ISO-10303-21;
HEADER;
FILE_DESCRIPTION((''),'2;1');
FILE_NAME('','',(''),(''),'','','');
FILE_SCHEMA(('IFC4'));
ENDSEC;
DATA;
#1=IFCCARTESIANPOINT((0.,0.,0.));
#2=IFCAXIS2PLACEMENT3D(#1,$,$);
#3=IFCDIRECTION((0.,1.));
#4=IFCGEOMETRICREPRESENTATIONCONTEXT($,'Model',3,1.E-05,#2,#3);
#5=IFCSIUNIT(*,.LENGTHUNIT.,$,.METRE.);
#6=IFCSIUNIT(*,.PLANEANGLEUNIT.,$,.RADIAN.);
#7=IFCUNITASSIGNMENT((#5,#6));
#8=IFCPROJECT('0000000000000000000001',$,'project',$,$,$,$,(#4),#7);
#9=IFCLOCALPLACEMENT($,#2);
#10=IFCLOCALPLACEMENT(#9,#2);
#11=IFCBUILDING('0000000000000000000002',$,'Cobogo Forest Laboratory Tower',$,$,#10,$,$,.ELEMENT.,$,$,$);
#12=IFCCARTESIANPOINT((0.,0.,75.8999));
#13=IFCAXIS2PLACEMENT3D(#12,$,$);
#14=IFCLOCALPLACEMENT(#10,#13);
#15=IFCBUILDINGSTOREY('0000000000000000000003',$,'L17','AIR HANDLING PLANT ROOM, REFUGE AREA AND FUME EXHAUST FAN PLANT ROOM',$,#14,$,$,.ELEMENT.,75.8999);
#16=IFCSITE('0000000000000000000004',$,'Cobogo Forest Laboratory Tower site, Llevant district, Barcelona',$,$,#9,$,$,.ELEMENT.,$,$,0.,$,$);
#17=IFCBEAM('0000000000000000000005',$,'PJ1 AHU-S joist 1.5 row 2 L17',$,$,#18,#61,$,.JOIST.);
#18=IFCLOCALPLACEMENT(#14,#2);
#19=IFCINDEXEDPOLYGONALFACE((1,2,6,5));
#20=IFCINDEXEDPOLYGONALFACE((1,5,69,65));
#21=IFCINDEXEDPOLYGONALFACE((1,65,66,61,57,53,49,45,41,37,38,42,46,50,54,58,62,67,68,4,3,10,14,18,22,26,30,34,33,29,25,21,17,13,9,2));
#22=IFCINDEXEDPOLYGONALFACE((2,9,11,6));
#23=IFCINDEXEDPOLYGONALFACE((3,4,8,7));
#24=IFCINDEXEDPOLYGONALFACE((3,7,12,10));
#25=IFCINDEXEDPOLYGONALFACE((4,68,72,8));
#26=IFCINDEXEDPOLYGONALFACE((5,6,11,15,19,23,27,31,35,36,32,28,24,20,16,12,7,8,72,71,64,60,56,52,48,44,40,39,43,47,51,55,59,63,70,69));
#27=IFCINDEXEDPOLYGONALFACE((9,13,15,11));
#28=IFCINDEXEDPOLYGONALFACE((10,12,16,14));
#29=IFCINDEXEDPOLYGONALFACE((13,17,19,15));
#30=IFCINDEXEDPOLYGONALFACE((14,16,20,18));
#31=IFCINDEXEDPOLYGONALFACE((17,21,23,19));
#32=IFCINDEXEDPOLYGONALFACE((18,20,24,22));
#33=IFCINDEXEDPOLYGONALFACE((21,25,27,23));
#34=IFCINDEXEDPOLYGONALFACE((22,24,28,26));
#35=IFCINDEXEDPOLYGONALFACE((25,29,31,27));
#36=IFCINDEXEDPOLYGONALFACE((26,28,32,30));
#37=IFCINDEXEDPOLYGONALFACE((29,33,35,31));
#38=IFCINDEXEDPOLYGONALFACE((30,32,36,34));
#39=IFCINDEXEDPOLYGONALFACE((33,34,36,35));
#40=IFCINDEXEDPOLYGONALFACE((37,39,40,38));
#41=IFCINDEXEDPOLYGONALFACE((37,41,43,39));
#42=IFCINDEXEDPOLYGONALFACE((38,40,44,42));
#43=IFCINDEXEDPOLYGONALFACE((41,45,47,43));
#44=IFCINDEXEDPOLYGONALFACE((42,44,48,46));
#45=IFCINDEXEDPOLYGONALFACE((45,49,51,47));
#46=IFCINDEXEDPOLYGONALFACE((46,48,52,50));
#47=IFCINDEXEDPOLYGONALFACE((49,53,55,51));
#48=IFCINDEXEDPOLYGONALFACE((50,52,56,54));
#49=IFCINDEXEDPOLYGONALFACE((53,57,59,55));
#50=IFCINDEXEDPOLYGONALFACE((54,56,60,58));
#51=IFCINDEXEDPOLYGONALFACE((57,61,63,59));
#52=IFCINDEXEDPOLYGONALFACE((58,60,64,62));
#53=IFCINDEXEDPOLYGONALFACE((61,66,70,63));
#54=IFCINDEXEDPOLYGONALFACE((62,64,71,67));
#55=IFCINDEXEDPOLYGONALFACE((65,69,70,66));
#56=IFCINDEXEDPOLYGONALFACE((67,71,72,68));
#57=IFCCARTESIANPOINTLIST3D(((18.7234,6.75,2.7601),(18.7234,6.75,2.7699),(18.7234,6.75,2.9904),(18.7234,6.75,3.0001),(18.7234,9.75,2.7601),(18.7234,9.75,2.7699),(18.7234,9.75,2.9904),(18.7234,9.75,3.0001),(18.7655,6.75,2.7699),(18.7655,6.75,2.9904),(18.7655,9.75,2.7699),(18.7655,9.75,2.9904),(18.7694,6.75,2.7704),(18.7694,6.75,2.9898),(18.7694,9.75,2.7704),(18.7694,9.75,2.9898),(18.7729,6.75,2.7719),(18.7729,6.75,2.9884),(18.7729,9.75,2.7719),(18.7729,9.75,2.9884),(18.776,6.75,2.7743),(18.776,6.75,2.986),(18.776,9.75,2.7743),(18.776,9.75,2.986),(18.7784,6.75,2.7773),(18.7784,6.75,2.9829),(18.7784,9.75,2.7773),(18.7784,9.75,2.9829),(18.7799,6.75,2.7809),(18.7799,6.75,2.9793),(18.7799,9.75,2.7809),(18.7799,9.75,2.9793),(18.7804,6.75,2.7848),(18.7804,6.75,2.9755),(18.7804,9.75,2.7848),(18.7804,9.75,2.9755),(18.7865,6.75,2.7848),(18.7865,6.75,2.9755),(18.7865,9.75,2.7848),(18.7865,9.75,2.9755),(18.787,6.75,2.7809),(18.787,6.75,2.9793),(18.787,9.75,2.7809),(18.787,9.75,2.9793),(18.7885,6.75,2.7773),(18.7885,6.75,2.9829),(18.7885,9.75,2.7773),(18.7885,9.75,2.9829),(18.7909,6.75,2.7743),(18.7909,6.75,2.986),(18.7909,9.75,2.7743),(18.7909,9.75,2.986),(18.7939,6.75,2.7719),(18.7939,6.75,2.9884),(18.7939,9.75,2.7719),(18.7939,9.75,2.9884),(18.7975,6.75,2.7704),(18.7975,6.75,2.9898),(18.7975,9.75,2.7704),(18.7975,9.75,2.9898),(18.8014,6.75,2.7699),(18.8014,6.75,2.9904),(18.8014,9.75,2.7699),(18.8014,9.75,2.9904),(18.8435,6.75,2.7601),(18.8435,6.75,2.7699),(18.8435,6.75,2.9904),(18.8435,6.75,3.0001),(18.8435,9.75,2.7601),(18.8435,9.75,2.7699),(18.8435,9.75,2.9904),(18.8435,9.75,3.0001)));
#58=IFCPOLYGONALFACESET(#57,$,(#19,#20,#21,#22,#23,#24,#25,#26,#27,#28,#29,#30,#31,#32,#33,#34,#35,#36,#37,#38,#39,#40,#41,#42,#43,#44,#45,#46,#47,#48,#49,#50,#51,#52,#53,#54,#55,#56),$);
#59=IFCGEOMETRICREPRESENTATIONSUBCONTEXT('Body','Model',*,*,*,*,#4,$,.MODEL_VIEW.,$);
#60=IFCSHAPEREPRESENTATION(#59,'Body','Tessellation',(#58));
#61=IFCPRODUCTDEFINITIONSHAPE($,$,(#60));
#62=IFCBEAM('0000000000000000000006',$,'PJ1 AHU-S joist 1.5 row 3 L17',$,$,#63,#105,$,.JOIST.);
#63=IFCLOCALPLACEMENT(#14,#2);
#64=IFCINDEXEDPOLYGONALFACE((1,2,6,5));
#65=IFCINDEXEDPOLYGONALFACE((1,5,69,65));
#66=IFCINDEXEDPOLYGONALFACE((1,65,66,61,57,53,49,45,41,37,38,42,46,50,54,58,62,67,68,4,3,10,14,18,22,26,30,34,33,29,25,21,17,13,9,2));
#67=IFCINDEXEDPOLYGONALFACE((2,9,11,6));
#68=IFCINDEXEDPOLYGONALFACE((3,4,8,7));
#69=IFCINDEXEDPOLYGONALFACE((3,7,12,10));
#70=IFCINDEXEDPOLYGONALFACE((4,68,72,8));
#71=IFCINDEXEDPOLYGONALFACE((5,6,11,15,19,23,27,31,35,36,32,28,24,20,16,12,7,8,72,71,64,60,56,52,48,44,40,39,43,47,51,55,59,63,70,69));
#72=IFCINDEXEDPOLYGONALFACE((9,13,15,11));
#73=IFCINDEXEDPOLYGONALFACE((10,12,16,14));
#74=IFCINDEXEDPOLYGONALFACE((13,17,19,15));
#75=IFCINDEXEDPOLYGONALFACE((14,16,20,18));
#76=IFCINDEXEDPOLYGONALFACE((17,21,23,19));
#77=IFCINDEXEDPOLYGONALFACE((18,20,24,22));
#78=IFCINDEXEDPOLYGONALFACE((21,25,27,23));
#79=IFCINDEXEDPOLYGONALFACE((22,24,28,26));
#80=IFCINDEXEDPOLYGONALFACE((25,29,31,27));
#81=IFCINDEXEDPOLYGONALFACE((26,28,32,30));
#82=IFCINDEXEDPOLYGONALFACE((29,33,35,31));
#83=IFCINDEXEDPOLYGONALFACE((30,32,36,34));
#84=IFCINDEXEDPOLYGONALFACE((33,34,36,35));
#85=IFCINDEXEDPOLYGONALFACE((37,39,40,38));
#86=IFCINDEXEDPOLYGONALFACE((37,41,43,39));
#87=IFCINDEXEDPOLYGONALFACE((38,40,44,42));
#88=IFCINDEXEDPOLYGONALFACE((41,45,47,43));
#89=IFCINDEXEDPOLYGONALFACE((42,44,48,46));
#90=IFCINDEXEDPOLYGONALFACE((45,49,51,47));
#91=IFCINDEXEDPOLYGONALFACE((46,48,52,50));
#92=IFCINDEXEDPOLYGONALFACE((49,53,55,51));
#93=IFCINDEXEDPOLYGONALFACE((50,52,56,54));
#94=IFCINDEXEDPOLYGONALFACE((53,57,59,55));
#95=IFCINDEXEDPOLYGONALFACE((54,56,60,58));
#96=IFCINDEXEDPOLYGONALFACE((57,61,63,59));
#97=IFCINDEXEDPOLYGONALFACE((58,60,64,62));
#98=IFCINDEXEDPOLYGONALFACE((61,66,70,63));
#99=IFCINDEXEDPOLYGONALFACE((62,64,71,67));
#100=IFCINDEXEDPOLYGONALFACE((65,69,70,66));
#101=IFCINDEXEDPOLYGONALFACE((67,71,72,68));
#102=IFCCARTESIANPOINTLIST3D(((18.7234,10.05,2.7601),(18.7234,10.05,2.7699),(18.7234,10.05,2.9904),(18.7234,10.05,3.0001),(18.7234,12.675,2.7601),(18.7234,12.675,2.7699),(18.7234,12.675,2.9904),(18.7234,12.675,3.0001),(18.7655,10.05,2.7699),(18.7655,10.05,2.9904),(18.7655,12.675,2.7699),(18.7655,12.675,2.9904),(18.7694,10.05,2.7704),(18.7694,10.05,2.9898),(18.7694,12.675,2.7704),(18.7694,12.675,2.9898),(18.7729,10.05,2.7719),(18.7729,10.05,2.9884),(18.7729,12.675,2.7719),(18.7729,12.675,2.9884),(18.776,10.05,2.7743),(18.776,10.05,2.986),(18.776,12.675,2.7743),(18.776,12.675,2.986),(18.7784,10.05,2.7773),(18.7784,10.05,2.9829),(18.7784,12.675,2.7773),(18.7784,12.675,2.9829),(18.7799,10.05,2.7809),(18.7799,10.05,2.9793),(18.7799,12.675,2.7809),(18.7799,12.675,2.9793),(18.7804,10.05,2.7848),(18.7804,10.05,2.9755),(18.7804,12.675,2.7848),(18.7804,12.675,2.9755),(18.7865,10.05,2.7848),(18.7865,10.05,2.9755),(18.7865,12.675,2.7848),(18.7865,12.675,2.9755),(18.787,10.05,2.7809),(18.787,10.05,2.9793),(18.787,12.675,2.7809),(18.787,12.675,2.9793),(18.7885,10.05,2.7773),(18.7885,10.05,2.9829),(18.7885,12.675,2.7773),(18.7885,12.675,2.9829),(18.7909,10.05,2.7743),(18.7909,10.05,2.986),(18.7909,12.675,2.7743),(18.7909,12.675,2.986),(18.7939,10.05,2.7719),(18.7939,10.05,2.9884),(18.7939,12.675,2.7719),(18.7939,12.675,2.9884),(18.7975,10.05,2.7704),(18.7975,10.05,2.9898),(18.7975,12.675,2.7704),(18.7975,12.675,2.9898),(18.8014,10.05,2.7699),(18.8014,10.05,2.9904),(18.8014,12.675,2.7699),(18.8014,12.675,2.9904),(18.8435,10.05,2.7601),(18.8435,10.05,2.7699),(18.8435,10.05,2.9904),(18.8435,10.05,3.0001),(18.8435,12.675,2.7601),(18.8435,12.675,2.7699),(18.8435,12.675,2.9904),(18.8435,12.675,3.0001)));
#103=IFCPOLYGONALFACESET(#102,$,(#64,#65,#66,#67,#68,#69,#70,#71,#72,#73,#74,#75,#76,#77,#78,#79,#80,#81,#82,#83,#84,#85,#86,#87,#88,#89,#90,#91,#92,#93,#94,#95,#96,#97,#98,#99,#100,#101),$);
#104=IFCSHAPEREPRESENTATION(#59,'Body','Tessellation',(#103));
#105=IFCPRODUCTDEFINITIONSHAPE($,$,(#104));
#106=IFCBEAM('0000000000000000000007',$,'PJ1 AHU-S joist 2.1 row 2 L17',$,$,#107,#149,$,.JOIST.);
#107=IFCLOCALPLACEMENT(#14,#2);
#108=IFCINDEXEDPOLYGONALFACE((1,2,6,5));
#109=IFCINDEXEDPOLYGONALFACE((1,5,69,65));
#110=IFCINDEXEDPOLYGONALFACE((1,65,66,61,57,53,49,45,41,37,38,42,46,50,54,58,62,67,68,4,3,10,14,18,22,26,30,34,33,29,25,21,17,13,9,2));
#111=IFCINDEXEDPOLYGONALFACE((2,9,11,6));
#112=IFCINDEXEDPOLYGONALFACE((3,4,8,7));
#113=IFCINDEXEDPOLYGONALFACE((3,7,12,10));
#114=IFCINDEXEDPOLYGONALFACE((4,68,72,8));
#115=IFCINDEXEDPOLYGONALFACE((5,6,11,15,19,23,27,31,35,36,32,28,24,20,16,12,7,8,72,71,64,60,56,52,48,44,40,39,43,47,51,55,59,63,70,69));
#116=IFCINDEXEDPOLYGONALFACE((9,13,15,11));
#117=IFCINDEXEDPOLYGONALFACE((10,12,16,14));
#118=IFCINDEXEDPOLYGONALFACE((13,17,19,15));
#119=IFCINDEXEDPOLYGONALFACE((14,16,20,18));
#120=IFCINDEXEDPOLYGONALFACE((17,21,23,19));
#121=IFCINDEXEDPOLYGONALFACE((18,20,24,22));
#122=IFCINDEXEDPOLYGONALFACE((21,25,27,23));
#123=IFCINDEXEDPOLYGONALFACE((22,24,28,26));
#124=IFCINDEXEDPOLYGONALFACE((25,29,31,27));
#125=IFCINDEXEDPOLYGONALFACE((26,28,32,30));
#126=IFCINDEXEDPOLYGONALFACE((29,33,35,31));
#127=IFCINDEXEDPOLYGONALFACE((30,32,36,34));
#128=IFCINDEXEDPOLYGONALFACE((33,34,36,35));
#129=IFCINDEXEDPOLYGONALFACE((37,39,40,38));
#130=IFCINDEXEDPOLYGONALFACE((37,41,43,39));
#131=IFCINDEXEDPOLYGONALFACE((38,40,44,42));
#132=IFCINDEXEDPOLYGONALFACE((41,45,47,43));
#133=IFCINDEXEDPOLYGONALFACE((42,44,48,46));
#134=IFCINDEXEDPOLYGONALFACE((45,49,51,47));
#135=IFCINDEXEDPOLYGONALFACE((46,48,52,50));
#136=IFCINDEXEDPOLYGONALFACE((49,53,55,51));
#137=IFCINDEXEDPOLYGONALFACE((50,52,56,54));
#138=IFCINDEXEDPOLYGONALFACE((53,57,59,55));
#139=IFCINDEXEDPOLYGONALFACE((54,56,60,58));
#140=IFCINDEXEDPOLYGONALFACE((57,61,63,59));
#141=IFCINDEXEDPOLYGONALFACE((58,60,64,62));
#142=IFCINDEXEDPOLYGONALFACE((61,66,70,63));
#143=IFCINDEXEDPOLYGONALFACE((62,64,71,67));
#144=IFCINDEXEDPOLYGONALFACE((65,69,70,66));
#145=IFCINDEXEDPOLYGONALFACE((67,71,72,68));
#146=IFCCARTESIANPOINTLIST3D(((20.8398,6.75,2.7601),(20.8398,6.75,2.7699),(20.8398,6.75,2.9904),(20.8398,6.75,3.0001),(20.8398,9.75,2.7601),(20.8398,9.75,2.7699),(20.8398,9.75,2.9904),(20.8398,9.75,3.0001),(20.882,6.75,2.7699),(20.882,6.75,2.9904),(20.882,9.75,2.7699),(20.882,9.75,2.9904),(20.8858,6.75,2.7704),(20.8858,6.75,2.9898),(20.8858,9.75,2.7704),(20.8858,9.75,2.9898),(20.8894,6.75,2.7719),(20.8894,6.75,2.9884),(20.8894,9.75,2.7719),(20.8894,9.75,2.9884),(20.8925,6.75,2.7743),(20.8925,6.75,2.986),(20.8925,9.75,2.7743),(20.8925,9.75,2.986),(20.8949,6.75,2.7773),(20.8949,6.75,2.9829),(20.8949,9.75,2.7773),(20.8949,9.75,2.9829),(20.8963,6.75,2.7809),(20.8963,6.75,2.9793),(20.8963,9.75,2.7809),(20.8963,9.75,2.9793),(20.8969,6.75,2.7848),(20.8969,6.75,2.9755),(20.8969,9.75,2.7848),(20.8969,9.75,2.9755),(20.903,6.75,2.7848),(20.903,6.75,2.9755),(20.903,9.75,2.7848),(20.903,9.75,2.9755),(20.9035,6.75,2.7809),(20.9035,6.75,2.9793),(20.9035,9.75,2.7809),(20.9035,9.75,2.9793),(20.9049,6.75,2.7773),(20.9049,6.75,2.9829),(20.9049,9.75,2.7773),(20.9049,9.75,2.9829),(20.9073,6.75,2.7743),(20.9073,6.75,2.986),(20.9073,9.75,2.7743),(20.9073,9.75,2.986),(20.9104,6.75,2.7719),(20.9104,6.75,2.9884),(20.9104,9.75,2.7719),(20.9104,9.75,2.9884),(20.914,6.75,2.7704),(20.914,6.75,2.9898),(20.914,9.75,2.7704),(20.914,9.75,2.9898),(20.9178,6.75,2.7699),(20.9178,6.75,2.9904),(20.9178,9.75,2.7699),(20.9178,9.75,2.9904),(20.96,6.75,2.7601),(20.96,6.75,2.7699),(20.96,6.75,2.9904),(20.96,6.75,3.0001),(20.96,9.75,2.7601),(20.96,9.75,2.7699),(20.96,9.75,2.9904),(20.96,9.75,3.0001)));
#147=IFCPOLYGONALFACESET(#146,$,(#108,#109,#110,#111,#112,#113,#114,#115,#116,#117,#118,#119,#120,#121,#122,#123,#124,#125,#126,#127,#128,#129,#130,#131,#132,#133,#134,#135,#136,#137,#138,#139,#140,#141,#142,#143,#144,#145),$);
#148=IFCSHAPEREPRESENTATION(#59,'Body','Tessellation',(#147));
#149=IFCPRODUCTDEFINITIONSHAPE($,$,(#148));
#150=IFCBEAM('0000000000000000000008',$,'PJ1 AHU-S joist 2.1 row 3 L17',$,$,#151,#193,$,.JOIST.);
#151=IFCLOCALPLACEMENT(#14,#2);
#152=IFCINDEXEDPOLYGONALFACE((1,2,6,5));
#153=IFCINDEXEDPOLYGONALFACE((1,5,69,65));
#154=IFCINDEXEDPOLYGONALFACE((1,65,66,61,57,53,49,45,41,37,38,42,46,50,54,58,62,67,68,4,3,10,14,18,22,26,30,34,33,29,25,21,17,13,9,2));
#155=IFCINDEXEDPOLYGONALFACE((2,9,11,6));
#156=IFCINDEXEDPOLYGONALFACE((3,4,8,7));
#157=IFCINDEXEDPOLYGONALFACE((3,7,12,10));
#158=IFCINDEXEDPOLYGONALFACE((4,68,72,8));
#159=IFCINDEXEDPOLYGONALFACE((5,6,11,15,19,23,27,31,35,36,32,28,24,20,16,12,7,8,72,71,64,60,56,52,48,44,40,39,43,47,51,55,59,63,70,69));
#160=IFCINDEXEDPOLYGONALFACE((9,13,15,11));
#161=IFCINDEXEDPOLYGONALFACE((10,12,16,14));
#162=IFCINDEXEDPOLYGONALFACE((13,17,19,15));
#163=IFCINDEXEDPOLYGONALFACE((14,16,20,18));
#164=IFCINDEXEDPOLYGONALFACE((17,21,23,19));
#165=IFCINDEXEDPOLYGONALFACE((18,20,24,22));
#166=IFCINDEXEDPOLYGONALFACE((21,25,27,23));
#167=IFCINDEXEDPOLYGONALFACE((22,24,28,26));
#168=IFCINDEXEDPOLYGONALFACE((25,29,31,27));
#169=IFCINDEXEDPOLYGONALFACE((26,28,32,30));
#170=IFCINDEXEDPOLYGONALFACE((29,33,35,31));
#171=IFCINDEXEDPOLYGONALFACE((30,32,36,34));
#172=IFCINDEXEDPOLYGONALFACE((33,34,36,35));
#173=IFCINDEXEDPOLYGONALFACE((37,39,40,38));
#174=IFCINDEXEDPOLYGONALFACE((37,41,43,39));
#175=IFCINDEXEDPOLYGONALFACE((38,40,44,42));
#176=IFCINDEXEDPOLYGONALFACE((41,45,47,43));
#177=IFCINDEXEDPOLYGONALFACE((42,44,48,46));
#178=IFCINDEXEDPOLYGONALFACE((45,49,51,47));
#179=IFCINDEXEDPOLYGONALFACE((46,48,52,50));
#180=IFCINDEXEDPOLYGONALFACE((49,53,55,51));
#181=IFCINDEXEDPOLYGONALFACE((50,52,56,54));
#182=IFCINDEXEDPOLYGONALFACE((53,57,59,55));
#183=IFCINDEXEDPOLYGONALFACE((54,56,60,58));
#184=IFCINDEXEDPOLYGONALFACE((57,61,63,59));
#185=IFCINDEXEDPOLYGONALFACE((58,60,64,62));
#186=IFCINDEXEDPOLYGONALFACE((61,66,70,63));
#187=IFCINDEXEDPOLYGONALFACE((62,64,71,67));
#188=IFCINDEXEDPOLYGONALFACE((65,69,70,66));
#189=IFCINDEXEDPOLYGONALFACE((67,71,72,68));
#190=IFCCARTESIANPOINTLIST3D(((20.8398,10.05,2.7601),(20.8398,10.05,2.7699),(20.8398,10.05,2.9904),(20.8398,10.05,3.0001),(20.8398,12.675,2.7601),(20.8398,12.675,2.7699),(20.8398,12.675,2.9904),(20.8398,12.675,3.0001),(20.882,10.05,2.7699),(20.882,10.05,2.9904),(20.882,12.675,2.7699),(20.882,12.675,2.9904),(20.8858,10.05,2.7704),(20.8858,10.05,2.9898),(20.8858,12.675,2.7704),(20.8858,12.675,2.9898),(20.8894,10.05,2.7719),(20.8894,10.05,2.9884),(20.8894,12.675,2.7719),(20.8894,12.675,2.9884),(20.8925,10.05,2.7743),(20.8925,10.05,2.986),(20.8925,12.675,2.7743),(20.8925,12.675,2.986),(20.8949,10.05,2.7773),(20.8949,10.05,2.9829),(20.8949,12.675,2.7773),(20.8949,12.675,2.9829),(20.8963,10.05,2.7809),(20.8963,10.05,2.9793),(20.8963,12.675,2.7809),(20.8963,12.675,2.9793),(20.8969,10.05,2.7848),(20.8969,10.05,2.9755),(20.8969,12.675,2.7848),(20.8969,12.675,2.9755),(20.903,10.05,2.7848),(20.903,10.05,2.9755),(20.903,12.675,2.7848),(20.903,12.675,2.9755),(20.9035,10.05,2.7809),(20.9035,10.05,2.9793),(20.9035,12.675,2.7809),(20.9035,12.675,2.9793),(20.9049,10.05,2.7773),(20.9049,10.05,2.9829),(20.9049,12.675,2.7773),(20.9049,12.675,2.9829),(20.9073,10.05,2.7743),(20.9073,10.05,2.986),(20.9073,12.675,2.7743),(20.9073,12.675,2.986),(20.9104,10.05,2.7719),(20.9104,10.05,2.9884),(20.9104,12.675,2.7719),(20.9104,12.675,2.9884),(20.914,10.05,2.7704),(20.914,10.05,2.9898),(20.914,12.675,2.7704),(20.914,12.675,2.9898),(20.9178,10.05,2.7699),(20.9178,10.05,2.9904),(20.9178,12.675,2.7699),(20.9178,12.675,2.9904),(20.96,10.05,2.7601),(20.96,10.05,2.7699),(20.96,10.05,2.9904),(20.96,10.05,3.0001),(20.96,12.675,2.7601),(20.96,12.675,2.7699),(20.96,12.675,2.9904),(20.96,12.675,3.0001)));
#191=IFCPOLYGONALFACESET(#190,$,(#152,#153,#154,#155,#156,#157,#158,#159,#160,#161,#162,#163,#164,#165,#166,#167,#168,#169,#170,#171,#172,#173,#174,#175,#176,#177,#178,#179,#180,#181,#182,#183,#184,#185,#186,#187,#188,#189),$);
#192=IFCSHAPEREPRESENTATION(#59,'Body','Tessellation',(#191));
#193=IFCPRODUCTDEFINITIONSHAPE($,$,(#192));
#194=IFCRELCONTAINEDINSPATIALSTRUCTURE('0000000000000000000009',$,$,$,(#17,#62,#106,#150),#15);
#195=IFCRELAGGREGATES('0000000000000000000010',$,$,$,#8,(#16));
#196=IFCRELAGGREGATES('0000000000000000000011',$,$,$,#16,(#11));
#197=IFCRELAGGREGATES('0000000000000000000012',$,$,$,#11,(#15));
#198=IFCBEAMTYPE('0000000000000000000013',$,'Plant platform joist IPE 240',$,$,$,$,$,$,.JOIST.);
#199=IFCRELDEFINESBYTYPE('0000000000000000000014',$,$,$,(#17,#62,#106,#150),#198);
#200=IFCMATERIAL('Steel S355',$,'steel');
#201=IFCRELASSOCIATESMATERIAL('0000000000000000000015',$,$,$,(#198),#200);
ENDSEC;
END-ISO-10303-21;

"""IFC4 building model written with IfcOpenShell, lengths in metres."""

from ifc_helpers import new_model, si_unit, direction, frame, origin, origin_2d, place, context, subcontext, project, spatial, i_section, extrude, material, material_profile, profile_set, type_object, element, save


model = new_model("IFC4")

# Units and contexts
model_context = context("Model", 3, precision=1e-05, world=origin(), true_north=direction((0.0, 1.0)))
body_context = subcontext(model_context, "Body", "Model", "MODEL_VIEW")
ifc_project = project(units=[si_unit("LENGTHUNIT", "METRE"), si_unit("PLANEANGLEUNIT", "RADIAN")], contexts=[model_context])

# Site, building, storey
site_placement = place(None, origin())
site = spatial("IfcSite", under=ifc_project, at=site_placement, Name="Cobogo Forest Laboratory Tower site, Llevant district, Barcelona", CompositionType="ELEMENT", RefElevation=0.0)
building_placement = place(site_placement, origin())
building = spatial("IfcBuilding", under=site, at=building_placement, Name="Cobogo Forest Laboratory Tower", CompositionType="ELEMENT")
storey_placement = place(building_placement, frame((0.0, 0.0, 75.8999)))
storey = spatial("IfcBuildingStorey", under=building, at=storey_placement, Name="L17", Description="AIR HANDLING PLANT ROOM, REFUGE AREA AND FUME EXHAUST FAN PLANT ROOM", CompositionType="ELEMENT", Elevation=75.8999)

# Beams
ifc_material_1 = material(Name="Steel S355", Category="steel")
ifc_material_profile_1 = material_profile(ifc_material_1, i_section(OverallWidth=0.1201, OverallDepth=0.24, WebThickness=0.0061, FlangeThickness=0.0098, FilletRadius=0.0149, at=origin_2d()), Name="IPE 240")
ifc_profile_set_1 = profile_set([ifc_material_profile_1], Name="Steel S355")
beam_type_1 = type_object("IfcBeamType", Name="Plant platform joist IPE 240", PredefinedType="JOIST", material=ifc_profile_set_1)
beam_1_placement = place(storey_placement, frame((18.7834, 6.75, 2.8801), z_axis=(0.0, 1.0, 0.0), x_axis=(-1.0, 0.0, 0.0)))
element("IfcBeam", 1, at=beam_1_placement, inside=storey, type_object=beam_type_1, Name="PJ1 AHU-S joist 1.5 row 2 L17", PredefinedType="JOIST", context=body_context, shape_type="SweptSolid", body=[
    extrude(i_section(OverallWidth=0.1201, OverallDepth=0.24, WebThickness=0.0061, FlangeThickness=0.0098, FilletRadius=0.0149, at=origin_2d()), origin(), (0.0, 0.0, 1.0), 3.0),
])
beam_2_placement = place(storey_placement, frame((18.7834, 10.05, 2.8801), z_axis=(0.0, 1.0, 0.0), x_axis=(-1.0, 0.0, 0.0)))
element("IfcBeam", 2, at=beam_2_placement, inside=storey, type_object=beam_type_1, Name="PJ1 AHU-S joist 1.5 row 3 L17", PredefinedType="JOIST", context=body_context, shape_type="SweptSolid", body=[
    extrude(i_section(OverallWidth=0.1201, OverallDepth=0.24, WebThickness=0.0061, FlangeThickness=0.0098, FilletRadius=0.0149, at=origin_2d()), origin(), (0.0, 0.0, 1.0), 2.625),
])
beam_3_placement = place(storey_placement, frame((20.8999, 6.75, 2.8801), z_axis=(0.0, 1.0, 0.0), x_axis=(-1.0, 0.0, 0.0)))
element("IfcBeam", 3, at=beam_3_placement, inside=storey, type_object=beam_type_1, Name="PJ1 AHU-S joist 2.1 row 2 L17", PredefinedType="JOIST", context=body_context, shape_type="SweptSolid", body=[
    extrude(i_section(OverallWidth=0.1201, OverallDepth=0.24, WebThickness=0.0061, FlangeThickness=0.0098, FilletRadius=0.0149, at=origin_2d()), origin(), (0.0, 0.0, 1.0), 3.0),
])
beam_4_placement = place(storey_placement, frame((20.8999, 10.05, 2.8801), z_axis=(0.0, 1.0, 0.0), x_axis=(-1.0, 0.0, 0.0)))
element("IfcBeam", 4, at=beam_4_placement, inside=storey, type_object=beam_type_1, Name="PJ1 AHU-S joist 2.1 row 3 L17", PredefinedType="JOIST", context=body_context, shape_type="SweptSolid", body=[
    extrude(i_section(OverallWidth=0.1201, OverallDepth=0.24, WebThickness=0.0061, FlangeThickness=0.0098, FilletRadius=0.0149, at=origin_2d()), origin(), (0.0, 0.0, 1.0), 2.625),
])

save(model, "model.ifc")
